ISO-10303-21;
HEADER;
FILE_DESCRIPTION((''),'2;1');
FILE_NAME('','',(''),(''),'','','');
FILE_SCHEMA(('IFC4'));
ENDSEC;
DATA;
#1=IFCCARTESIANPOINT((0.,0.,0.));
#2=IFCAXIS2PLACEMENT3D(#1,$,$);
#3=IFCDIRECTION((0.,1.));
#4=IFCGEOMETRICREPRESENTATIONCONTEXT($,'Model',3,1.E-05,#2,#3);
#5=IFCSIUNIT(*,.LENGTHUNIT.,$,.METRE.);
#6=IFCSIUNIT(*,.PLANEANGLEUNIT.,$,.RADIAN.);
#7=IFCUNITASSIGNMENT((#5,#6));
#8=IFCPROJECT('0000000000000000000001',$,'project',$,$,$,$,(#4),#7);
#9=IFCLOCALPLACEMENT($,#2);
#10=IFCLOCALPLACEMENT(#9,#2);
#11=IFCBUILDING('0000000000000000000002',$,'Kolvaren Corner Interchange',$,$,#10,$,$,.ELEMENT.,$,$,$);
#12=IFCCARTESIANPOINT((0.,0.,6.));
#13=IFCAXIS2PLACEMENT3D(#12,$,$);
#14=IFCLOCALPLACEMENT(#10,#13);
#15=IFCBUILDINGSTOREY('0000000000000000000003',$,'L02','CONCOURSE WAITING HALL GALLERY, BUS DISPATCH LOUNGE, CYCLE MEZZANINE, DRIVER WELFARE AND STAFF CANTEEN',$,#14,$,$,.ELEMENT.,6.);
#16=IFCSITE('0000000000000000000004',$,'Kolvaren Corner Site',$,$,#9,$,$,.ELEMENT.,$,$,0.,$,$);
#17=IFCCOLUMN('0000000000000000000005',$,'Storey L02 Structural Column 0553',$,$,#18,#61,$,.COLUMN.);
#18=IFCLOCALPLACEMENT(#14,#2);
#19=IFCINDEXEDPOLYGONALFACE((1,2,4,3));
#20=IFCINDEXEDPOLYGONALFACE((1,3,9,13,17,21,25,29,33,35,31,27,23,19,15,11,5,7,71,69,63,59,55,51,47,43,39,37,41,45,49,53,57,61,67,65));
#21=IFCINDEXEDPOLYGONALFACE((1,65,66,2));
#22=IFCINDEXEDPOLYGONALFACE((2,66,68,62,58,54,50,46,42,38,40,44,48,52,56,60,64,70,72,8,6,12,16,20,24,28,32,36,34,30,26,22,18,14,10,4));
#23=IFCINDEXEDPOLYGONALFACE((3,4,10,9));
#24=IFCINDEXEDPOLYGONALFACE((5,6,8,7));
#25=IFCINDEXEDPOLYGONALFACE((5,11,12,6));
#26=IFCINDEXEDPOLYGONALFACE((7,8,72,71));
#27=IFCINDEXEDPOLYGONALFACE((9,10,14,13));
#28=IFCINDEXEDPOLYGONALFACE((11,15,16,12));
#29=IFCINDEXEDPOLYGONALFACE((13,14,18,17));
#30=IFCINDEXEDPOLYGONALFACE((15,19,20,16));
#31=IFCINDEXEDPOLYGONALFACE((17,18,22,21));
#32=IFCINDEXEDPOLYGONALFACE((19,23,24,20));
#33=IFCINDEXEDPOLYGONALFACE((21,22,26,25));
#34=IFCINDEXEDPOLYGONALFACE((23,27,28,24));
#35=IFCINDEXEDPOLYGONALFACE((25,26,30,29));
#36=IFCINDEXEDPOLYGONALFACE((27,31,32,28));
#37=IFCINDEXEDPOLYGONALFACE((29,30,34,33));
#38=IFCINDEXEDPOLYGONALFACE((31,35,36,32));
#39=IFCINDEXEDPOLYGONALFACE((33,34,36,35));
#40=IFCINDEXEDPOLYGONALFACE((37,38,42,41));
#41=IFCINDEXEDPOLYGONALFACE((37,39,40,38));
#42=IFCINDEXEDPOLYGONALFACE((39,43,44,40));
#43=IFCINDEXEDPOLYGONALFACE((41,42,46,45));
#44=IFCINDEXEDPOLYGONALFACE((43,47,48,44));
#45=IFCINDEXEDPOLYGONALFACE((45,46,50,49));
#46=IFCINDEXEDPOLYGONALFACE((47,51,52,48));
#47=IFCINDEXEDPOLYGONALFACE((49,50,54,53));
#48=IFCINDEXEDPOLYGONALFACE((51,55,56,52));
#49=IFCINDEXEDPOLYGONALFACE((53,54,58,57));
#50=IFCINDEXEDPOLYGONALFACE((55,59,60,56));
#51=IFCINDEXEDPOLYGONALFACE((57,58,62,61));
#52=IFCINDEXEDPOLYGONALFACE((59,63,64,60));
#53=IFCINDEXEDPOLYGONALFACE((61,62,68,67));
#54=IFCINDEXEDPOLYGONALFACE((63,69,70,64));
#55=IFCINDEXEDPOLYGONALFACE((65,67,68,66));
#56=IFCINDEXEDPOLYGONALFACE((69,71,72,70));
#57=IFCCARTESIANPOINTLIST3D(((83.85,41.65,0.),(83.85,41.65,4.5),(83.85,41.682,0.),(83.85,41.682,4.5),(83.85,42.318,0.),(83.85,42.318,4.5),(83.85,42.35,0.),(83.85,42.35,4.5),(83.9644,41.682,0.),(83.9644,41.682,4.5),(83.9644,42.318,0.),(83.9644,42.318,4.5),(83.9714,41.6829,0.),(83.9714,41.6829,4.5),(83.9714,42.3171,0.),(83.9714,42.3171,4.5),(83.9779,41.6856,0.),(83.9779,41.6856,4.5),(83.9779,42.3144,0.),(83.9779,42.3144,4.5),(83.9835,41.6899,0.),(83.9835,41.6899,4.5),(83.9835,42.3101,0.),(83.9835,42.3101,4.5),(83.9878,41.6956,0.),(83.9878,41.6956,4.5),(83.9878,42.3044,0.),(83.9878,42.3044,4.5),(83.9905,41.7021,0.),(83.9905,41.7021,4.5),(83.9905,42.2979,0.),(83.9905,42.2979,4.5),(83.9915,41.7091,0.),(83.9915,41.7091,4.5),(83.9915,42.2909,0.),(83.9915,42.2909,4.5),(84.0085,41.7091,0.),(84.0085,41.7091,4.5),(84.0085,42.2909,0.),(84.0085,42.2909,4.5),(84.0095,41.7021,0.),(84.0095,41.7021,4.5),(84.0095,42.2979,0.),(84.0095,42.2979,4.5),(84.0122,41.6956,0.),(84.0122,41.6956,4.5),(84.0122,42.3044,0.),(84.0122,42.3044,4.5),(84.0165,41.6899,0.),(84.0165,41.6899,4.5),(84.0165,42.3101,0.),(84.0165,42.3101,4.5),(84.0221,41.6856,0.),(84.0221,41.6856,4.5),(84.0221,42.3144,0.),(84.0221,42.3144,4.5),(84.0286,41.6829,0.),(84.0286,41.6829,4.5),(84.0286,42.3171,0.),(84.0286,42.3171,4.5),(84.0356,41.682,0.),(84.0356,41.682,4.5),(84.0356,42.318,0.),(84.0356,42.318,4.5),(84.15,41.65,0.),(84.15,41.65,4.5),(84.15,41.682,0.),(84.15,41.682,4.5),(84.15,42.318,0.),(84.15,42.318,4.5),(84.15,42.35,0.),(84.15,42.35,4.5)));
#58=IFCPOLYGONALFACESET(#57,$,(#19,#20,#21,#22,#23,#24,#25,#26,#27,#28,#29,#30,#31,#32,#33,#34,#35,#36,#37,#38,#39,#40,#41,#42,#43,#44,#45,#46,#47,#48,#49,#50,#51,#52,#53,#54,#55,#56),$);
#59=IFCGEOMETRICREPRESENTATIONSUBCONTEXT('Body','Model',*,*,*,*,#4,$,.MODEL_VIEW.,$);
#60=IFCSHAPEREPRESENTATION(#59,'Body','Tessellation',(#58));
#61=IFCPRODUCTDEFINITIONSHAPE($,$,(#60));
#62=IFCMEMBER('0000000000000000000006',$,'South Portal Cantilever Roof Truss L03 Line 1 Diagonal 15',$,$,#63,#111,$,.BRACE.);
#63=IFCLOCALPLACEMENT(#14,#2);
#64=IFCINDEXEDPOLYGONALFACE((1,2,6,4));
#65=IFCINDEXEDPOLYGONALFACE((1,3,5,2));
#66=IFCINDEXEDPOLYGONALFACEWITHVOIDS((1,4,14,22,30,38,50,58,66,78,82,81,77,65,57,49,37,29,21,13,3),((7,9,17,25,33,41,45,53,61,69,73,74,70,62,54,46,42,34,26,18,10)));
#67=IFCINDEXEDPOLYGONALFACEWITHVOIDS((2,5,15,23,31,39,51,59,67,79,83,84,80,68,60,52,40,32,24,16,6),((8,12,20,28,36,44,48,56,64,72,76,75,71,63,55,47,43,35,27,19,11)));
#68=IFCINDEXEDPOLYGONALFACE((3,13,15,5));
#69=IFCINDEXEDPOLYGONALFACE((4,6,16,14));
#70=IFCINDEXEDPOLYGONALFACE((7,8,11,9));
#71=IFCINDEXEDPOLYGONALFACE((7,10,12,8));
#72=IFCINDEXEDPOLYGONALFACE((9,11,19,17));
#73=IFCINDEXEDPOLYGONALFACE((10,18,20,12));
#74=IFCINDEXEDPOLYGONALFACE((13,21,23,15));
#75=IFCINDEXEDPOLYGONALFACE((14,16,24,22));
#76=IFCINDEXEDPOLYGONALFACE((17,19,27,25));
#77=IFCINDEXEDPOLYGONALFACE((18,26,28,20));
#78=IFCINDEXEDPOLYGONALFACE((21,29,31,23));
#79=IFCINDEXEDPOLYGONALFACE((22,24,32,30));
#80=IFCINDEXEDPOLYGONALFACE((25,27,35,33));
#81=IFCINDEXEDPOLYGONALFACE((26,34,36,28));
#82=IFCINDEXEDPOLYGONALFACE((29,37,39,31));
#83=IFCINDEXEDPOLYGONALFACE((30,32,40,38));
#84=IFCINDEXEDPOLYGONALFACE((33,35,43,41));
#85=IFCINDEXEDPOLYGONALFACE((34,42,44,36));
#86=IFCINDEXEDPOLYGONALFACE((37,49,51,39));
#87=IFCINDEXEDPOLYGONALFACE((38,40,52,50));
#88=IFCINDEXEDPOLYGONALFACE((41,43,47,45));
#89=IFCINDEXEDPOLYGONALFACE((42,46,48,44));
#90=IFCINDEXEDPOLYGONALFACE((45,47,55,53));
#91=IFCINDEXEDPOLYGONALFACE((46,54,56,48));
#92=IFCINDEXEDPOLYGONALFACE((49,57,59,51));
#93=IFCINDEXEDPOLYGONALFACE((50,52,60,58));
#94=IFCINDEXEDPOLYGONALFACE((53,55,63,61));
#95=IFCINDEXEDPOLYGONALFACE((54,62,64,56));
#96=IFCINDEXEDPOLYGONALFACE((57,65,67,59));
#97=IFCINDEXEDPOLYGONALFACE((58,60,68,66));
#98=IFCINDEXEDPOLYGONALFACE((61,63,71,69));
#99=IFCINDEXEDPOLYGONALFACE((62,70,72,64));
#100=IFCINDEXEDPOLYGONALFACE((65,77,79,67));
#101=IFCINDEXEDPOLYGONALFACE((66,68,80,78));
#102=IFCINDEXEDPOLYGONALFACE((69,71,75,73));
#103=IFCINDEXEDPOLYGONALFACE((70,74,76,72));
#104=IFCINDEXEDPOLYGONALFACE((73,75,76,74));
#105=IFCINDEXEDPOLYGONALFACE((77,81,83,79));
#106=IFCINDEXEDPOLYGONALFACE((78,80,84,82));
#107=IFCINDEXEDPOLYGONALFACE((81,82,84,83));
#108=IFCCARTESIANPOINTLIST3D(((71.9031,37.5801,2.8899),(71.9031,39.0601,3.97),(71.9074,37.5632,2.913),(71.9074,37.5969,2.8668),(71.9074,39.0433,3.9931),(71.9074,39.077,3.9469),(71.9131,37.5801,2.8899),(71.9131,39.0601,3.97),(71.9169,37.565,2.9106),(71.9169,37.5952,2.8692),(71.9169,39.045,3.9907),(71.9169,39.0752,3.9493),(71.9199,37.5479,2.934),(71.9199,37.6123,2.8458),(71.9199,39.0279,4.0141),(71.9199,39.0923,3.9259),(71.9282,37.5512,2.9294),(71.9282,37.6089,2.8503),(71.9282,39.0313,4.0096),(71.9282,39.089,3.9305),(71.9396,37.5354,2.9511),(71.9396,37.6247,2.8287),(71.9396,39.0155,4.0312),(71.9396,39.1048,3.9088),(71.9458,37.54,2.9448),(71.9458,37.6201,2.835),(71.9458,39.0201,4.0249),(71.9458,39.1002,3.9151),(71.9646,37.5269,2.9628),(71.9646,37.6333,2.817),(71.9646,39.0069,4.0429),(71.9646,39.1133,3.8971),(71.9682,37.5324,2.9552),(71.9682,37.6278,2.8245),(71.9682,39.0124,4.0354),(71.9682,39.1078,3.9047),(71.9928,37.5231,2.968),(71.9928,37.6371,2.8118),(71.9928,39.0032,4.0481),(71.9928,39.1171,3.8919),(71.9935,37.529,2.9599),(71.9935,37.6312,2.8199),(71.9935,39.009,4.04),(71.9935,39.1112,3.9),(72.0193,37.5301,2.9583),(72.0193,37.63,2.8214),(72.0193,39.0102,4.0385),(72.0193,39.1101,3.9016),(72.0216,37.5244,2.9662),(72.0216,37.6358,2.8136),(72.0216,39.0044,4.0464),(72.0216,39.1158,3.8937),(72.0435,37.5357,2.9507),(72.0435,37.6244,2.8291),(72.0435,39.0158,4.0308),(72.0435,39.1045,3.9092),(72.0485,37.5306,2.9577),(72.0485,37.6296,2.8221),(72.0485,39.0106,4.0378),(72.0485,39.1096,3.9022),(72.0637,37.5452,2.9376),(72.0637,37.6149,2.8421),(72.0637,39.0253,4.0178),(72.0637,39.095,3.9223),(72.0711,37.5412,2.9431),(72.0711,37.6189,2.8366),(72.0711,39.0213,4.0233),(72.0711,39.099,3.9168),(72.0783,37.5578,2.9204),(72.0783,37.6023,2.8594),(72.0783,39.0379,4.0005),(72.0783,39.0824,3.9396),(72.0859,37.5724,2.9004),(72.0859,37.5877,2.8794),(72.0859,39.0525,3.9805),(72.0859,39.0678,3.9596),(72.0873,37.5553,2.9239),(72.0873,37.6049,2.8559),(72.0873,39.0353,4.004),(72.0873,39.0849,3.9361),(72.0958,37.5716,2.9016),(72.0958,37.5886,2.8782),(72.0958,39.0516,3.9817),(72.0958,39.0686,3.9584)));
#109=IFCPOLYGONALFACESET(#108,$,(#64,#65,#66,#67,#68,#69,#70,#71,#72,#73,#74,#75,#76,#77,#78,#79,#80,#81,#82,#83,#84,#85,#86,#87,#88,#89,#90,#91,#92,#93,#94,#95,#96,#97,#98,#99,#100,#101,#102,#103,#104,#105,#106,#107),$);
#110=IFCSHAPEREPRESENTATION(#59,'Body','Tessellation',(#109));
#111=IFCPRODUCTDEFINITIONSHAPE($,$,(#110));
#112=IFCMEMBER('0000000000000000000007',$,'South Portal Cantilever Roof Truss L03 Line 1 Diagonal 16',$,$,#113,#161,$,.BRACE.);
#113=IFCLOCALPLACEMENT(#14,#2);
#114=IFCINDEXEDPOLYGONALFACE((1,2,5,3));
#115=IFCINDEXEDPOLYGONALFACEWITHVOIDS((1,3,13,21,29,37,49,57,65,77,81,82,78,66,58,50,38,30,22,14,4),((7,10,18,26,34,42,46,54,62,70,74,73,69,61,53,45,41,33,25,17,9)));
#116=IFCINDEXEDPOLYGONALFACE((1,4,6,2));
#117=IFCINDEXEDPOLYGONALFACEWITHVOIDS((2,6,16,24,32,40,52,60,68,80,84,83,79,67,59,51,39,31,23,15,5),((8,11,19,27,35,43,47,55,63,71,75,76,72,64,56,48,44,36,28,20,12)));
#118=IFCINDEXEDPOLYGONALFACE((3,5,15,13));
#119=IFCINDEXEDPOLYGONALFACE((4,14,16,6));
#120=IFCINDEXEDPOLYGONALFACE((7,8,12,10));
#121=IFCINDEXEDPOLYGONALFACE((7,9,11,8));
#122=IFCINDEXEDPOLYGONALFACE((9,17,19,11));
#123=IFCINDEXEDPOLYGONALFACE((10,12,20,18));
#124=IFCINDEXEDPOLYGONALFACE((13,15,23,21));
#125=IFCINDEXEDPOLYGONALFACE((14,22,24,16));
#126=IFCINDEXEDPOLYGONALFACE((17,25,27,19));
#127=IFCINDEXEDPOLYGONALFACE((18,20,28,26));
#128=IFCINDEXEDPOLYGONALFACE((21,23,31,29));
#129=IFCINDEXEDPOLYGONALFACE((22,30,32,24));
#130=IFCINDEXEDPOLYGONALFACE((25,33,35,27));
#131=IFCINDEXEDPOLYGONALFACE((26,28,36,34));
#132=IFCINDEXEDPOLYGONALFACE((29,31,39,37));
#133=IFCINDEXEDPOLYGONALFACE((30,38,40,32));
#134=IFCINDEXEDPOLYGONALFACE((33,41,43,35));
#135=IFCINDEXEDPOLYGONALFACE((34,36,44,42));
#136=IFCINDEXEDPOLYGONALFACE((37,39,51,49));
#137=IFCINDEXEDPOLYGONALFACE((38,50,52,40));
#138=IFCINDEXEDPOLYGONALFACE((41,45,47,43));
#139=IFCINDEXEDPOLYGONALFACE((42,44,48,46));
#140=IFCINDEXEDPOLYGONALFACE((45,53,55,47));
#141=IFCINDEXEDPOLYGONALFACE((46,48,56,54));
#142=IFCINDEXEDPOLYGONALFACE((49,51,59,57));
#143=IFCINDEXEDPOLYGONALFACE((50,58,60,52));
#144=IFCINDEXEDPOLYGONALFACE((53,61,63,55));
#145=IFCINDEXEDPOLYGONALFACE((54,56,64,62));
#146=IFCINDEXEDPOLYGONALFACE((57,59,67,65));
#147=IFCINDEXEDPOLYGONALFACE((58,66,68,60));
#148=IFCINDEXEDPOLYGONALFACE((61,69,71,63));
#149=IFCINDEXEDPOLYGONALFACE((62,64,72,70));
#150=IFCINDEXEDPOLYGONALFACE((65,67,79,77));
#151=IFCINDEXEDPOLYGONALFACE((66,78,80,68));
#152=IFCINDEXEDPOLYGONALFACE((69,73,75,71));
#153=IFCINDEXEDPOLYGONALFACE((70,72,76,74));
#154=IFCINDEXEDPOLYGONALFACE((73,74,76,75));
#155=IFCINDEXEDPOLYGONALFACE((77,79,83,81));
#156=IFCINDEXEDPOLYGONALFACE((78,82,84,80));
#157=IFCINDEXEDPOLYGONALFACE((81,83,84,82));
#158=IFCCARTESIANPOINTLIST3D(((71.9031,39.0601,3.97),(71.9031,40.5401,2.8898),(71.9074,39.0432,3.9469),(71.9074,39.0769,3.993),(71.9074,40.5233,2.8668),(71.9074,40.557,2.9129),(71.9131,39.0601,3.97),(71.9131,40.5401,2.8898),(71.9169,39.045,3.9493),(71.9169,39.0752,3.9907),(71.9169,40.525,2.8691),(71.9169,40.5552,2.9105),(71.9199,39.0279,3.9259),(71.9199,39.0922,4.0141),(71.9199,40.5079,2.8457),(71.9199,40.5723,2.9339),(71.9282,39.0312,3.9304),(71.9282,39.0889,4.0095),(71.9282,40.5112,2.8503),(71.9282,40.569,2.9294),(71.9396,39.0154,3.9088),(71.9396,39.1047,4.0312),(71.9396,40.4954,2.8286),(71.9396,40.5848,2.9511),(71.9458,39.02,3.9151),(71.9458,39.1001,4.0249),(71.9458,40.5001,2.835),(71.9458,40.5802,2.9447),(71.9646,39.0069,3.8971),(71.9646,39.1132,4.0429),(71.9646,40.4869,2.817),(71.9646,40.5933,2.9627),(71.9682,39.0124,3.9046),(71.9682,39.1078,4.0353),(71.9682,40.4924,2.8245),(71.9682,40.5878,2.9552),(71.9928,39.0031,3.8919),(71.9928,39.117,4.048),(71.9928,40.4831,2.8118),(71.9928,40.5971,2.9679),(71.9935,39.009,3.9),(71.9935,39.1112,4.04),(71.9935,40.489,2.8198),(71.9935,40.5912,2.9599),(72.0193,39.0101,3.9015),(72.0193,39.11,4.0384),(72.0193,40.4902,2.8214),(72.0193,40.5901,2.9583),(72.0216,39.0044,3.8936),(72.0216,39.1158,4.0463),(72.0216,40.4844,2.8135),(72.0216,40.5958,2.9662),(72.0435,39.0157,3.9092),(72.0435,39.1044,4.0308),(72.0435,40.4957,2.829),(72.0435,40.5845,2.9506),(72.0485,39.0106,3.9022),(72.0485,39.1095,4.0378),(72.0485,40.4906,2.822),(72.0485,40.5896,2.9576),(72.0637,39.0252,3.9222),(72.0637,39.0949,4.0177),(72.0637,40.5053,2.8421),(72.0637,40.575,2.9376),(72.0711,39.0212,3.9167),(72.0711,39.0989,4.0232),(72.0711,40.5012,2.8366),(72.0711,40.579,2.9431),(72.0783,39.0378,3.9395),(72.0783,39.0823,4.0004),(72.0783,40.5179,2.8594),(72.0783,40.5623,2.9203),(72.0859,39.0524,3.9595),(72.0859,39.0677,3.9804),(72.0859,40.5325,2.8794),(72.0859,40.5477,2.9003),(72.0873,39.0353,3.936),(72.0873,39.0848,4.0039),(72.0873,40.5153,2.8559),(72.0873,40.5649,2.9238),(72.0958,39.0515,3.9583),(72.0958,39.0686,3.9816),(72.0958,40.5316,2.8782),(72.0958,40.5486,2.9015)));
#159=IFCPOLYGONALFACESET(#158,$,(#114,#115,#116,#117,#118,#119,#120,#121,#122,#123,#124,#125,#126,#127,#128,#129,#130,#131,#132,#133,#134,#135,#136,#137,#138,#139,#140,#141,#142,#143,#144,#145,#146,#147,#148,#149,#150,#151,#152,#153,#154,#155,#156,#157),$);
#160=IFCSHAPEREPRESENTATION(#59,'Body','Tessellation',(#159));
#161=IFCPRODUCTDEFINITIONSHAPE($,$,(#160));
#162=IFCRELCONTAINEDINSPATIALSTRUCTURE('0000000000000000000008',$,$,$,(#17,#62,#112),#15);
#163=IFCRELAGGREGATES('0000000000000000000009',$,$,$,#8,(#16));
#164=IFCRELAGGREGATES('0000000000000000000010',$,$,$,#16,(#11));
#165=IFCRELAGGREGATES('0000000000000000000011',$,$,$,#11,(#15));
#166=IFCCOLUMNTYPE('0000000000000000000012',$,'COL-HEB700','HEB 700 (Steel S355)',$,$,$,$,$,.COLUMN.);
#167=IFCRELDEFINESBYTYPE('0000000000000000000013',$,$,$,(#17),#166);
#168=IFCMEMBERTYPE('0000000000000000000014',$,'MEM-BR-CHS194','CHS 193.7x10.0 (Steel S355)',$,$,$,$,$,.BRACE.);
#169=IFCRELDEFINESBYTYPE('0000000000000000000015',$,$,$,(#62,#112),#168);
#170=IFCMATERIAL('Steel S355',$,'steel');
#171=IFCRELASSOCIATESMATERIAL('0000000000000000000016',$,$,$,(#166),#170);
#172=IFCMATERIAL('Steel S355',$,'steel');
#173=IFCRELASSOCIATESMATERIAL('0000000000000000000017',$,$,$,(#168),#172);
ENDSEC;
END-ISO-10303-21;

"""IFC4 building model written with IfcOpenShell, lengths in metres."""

from ifc_helpers import new_model, si_unit, direction, frame, origin, origin_2d, place, context, subcontext, project, spatial, hollow_circle, i_section, extrude, material, material_profile, profile_set, type_object, element, save


model = new_model("IFC4")

# Units and contexts
model_context = context("Model", 3, precision=1e-05, world=origin(), true_north=direction((0.0, 1.0)))
body_context = subcontext(model_context, "Body", "Model", "MODEL_VIEW")
ifc_project = project(units=[si_unit("LENGTHUNIT", "METRE"), si_unit("PLANEANGLEUNIT", "RADIAN")], contexts=[model_context])

# Site, building, storey
site_placement = place(None, origin())
site = spatial("IfcSite", under=ifc_project, at=site_placement, Name="Kolvaren Corner Site", CompositionType="ELEMENT", RefElevation=0.0)
building_placement = place(site_placement, origin())
building = spatial("IfcBuilding", under=site, at=building_placement, Name="Kolvaren Corner Interchange", CompositionType="ELEMENT")
storey_placement = place(building_placement, frame((0.0, 0.0, 6.0)))
storey = spatial("IfcBuildingStorey", under=building, at=storey_placement, Name="L02", Description="CONCOURSE WAITING HALL GALLERY, BUS DISPATCH LOUNGE, CYCLE MEZZANINE, DRIVER WELFARE AND STAFF CANTEEN", CompositionType="ELEMENT", Elevation=6.0)

# Column
ifc_material_1 = material(Name="Steel S355", Category="steel")
ifc_material_profile_1 = material_profile(ifc_material_1, i_section(OverallWidth=0.3, OverallDepth=0.7, WebThickness=0.0171, FlangeThickness=0.032, FilletRadius=0.0271, at=origin_2d()), Name="HEB 700")
ifc_profile_set_1 = profile_set([ifc_material_profile_1], Name="Steel S355")
column_type_1 = type_object("IfcColumnType", Name="COL-HEB700", Description="HEB 700 (Steel S355)", PredefinedType="COLUMN", material=ifc_profile_set_1)
for number, where, z_axis, x_axis, name in (
    (1, (84.0, 42.0, 0.0), (0.0, 0.0, 1.0), (1.0, 0.0, 0.0), "Storey L02 Structural Column 0553"),
):
    element("IfcColumn", number, at=place(storey_placement, frame(where, z_axis=z_axis, x_axis=x_axis)), inside=storey, type_object=column_type_1, Name=name, PredefinedType="COLUMN", context=body_context, shape_type="SweptSolid", body=[
        extrude(i_section(OverallWidth=0.3, OverallDepth=0.7, WebThickness=0.0171, FlangeThickness=0.032, FilletRadius=0.0271, at=origin_2d()), origin(), (0.0, 0.0, 1.0), 4.5),
    ])

# Members
ifc_material_2 = material(Name="Steel S355", Category="steel")
ifc_material_profile_2 = material_profile(ifc_material_2, hollow_circle(Radius=0.0969, WallThickness=0.01, at=origin_2d()), Name="CHS 193.7x10.0")
ifc_profile_set_2 = profile_set([ifc_material_profile_2], Name="Steel S355")
member_type_1 = type_object("IfcMemberType", Name="MEM-BR-CHS194", Description="CHS 193.7x10.0 (Steel S355)", PredefinedType="BRACE", material=ifc_profile_set_2)
for number, where, z_axis, x_axis, name in (
    (2, (72.0, 37.5801, 2.8899), (0.0, 0.807767, 0.589502), (-1.0, 0.0, 0.0), "South Portal Cantilever Roof Truss L03 Line 1 Diagonal 15"),
    (3, (72.0, 39.0601, 3.97), (0.0, 0.807767, -0.589502), (-1.0, 0.0, 0.0), "South Portal Cantilever Roof Truss L03 Line 1 Diagonal 16"),
):
    element("IfcMember", number, at=place(storey_placement, frame(where, z_axis=z_axis, x_axis=x_axis)), inside=storey, type_object=member_type_1, Name=name, PredefinedType="BRACE", context=body_context, shape_type="SweptSolid", body=[
        extrude(hollow_circle(Radius=0.0969, WallThickness=0.01, at=origin_2d()), origin(), (0.0, 0.0, 1.0), 1.8323),
    ])

save(model, "model.ifc")
